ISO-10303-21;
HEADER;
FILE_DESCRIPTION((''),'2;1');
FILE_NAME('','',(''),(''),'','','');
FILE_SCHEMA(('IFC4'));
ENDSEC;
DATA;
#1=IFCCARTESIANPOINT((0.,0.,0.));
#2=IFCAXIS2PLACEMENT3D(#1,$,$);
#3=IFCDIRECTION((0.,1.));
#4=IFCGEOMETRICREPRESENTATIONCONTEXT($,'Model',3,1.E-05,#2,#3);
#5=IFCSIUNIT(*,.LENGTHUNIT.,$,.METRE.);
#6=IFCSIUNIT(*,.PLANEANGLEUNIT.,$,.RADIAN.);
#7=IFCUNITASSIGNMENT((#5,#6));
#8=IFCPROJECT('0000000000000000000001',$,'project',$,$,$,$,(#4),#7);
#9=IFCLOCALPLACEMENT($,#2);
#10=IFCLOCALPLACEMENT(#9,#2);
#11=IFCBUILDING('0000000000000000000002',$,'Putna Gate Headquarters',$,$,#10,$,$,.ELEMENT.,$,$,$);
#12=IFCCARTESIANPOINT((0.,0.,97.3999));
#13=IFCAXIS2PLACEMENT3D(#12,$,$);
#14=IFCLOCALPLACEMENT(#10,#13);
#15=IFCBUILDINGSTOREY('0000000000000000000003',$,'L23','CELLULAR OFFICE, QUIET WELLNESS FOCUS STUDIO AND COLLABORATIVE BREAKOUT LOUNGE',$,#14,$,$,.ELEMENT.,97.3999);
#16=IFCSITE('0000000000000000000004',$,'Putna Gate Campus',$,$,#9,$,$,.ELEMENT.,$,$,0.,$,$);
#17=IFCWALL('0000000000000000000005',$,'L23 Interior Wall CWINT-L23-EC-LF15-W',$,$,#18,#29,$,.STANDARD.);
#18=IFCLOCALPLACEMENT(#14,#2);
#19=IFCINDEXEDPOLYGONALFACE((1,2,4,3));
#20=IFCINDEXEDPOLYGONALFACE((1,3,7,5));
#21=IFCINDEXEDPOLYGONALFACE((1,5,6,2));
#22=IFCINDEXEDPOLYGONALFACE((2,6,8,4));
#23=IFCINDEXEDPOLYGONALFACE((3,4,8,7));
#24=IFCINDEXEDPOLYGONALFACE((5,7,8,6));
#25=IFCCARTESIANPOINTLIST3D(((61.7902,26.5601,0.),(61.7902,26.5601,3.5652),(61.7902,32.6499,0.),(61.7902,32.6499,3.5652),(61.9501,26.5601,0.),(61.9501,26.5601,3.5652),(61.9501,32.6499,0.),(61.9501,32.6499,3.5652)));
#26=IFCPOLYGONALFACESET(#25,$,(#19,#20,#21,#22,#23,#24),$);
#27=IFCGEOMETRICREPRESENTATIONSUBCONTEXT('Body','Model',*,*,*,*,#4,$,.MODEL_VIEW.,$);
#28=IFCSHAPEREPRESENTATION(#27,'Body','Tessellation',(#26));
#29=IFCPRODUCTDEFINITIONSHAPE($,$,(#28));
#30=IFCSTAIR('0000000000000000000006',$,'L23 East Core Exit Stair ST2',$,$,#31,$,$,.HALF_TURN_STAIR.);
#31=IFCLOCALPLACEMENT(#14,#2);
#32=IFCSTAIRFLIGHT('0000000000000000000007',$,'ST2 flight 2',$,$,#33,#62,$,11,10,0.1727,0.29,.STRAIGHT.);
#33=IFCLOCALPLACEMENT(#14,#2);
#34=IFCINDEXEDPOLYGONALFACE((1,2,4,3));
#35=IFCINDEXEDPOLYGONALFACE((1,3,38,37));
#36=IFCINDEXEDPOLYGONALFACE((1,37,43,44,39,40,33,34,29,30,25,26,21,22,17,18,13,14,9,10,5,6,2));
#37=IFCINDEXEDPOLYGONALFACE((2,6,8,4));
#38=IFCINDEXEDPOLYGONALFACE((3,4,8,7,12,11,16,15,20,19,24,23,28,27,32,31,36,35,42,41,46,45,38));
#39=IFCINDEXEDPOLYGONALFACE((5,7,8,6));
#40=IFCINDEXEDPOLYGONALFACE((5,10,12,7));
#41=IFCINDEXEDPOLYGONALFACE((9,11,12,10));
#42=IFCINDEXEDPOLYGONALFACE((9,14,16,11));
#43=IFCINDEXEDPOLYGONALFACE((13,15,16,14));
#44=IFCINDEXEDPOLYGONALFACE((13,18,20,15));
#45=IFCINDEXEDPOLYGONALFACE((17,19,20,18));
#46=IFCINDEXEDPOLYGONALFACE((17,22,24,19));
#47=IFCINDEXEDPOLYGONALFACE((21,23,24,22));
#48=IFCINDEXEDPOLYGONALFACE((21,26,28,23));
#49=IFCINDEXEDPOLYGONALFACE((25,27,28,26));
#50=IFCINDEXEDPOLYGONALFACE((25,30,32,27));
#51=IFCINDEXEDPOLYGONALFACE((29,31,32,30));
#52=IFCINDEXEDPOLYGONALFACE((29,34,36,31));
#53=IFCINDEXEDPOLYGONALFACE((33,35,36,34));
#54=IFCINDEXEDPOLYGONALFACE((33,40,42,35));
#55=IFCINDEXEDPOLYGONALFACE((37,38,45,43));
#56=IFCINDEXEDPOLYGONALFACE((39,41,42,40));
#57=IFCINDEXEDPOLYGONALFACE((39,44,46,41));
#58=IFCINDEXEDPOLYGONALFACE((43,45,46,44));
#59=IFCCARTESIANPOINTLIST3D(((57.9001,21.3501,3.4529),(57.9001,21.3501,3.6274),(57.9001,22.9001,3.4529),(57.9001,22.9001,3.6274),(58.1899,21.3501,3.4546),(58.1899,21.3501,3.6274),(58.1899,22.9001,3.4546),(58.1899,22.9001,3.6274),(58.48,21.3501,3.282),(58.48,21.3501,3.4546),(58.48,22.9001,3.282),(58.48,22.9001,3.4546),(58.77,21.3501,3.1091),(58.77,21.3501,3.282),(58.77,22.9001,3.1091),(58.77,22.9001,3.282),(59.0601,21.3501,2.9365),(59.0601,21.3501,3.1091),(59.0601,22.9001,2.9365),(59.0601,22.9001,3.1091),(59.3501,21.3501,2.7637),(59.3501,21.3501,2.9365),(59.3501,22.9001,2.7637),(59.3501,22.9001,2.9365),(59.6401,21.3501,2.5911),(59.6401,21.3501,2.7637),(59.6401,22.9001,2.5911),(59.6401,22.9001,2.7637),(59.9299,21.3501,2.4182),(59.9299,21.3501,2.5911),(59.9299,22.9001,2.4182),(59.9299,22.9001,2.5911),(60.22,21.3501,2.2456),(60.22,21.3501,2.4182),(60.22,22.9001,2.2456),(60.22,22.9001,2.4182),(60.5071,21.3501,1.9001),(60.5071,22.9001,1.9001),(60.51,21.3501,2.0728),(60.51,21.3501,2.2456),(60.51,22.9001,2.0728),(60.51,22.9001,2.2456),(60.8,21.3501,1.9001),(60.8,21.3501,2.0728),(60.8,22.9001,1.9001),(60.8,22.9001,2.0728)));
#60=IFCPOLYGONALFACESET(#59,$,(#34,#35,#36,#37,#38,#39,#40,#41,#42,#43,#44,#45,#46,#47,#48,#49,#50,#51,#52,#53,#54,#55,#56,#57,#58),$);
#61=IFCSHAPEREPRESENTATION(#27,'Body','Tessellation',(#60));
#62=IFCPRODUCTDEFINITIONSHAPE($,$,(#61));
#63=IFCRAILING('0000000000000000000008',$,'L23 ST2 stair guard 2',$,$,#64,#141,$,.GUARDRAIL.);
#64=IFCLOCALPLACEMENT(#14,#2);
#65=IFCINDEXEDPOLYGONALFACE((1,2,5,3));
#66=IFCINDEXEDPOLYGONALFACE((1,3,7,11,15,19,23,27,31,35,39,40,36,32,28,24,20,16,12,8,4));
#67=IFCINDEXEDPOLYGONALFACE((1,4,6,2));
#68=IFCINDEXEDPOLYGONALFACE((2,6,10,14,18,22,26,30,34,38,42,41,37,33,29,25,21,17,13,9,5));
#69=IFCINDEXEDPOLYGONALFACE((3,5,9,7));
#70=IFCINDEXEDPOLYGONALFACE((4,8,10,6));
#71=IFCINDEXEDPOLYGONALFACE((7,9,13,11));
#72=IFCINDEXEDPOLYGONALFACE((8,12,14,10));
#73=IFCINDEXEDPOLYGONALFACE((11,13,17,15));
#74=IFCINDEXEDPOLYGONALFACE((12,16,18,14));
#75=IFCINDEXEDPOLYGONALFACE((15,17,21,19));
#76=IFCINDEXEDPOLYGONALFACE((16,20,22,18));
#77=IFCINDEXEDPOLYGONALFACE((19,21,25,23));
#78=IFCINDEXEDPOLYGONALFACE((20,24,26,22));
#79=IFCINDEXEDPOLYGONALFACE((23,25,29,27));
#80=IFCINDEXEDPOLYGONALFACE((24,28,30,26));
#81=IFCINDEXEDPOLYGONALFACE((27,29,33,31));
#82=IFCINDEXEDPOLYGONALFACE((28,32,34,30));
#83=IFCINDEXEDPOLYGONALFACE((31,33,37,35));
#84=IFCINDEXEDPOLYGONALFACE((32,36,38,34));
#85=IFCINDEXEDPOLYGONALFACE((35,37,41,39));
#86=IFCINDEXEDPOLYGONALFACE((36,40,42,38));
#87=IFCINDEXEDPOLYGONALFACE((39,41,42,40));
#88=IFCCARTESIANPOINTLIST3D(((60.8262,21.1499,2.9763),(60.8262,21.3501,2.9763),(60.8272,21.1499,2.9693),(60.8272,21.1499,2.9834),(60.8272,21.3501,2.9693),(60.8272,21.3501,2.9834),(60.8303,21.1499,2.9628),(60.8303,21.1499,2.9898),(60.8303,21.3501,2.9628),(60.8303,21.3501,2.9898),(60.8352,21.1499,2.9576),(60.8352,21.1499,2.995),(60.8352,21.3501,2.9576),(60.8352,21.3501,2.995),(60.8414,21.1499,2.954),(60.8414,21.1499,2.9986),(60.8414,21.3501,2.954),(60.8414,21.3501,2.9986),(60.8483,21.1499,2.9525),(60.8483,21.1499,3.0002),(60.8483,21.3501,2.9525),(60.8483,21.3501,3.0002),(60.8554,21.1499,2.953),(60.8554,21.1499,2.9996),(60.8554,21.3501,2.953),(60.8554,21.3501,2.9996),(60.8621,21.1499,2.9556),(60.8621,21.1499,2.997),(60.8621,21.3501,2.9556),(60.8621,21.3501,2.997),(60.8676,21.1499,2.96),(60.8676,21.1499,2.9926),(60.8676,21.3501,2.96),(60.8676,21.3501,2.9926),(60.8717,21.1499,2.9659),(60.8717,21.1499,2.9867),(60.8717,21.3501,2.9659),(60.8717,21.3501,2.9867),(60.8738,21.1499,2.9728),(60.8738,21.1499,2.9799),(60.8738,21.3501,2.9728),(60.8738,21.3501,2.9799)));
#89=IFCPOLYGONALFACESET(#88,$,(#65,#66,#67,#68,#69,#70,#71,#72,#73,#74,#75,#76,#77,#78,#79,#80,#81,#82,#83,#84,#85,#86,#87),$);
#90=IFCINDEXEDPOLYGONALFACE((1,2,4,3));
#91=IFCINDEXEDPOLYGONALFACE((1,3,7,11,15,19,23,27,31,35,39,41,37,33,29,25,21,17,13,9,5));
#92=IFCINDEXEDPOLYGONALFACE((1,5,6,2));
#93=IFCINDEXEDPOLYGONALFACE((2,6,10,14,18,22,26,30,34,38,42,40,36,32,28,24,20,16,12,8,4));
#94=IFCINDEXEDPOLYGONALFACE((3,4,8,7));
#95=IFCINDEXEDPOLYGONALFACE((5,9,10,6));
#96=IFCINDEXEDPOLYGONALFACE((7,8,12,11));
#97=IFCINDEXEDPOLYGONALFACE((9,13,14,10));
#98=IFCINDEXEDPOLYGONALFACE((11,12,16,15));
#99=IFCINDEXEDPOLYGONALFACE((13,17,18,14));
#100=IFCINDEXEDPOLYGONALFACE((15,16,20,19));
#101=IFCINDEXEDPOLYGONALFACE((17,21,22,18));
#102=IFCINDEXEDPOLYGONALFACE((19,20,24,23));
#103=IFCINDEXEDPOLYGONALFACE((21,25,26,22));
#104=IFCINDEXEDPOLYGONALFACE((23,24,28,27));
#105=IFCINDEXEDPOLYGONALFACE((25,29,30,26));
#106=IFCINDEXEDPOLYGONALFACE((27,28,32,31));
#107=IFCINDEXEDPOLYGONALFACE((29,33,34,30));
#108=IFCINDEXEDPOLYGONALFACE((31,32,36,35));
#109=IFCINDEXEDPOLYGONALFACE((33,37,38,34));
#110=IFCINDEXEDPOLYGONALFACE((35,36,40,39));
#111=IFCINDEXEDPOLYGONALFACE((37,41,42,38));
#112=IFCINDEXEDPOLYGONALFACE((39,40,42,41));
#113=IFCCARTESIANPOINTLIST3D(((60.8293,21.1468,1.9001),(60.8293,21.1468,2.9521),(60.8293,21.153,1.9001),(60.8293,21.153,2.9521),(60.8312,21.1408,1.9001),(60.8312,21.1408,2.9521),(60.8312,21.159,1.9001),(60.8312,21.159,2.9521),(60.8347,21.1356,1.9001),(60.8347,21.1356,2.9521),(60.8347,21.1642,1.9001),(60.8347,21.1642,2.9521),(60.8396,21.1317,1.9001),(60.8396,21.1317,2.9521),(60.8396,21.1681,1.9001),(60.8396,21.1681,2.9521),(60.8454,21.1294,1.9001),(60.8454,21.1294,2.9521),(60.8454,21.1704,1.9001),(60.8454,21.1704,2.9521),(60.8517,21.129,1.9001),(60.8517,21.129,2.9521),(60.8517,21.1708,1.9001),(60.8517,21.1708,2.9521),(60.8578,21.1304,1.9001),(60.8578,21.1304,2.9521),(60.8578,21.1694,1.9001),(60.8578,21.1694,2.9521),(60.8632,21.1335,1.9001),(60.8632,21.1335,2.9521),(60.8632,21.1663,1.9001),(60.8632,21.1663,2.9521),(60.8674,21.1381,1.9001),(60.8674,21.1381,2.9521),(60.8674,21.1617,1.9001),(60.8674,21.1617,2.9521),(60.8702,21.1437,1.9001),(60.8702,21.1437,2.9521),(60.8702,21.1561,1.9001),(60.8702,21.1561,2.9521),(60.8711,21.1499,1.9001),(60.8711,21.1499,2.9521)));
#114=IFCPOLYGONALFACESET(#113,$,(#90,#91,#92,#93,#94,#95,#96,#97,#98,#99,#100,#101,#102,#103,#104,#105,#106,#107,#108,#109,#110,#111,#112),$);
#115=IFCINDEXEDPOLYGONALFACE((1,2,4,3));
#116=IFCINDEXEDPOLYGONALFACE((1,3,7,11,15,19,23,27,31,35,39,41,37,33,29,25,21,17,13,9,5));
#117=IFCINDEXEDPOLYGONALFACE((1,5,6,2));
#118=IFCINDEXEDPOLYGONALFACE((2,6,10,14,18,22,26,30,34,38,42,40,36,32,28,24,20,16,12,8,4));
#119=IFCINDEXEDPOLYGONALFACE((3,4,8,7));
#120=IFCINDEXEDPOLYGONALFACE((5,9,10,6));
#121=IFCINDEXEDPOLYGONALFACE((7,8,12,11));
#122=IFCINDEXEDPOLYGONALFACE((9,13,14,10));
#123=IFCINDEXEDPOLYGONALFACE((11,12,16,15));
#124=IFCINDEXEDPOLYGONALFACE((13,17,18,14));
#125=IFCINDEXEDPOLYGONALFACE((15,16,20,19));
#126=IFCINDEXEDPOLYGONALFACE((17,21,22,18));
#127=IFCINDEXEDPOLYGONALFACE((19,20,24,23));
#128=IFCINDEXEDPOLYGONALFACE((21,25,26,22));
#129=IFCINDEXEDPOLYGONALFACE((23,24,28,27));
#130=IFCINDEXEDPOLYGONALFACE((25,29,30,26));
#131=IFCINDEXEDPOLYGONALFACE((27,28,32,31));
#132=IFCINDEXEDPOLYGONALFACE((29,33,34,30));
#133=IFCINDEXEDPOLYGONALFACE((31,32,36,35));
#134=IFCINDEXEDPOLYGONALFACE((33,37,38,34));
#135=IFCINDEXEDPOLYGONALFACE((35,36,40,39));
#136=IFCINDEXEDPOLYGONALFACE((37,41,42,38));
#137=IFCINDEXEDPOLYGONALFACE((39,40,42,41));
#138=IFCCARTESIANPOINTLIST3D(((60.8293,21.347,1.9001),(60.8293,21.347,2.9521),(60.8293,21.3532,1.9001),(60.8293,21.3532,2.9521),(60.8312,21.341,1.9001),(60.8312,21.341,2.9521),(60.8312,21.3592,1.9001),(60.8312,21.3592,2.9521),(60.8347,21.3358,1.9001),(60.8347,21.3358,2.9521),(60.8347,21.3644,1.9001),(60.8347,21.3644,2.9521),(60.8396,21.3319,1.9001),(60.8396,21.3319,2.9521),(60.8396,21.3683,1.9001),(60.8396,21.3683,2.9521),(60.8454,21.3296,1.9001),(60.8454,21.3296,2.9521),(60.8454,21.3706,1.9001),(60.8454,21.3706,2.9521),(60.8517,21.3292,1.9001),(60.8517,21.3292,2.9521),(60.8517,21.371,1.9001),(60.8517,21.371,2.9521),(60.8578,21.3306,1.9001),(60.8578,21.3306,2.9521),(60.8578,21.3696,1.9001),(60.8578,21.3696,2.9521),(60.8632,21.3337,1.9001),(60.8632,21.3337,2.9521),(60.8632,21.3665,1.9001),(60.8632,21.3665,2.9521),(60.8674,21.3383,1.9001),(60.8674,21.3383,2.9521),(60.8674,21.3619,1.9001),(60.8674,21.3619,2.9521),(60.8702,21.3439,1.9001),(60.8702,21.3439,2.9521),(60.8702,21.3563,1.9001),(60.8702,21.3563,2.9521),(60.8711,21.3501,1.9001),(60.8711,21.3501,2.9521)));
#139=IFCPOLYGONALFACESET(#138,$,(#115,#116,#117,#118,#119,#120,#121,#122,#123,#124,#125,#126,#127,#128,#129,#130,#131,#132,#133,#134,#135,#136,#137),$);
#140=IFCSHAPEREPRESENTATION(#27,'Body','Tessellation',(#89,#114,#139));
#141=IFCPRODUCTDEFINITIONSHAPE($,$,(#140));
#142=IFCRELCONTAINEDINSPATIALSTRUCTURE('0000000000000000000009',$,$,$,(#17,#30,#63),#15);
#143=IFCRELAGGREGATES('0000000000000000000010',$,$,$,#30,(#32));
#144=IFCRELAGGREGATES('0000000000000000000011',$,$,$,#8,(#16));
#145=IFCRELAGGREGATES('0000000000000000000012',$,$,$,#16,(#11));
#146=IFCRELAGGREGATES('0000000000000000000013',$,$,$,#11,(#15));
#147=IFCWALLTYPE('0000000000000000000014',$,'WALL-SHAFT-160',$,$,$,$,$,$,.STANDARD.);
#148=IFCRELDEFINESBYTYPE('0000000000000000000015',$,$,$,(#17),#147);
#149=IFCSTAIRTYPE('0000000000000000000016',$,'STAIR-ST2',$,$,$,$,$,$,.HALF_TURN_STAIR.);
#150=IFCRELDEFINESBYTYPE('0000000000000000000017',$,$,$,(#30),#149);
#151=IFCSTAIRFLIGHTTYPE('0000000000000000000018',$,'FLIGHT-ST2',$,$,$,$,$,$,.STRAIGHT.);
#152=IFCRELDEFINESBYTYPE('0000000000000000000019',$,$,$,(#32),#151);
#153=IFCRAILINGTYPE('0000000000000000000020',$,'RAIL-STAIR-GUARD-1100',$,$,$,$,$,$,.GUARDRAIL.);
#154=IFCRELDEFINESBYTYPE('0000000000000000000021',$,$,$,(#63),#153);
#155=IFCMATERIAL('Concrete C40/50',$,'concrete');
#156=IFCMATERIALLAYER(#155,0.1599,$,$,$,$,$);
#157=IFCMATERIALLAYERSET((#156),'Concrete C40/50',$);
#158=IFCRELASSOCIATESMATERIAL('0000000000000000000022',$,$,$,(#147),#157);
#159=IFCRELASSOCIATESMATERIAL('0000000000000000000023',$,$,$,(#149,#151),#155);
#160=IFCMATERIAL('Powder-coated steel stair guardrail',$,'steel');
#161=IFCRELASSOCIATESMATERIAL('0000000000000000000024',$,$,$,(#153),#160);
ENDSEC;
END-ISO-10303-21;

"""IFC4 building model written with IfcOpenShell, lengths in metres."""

from ifc_helpers import new_model, si_unit, direction, frame, frame_2d, origin, origin_2d, place, context, subcontext, project, spatial, polyline, rectangle, circle, outline, extrude, material, layer, layer_set, type_object, element, aggregate, save


model = new_model("IFC4")

# Units and contexts
model_context = context("Model", 3, precision=1e-05, world=origin(), true_north=direction((0.0, 1.0)))
body_context = subcontext(model_context, "Body", "Model", "MODEL_VIEW")
ifc_project = project(units=[si_unit("LENGTHUNIT", "METRE"), si_unit("PLANEANGLEUNIT", "RADIAN")], contexts=[model_context])

# Site, building, storey
site_placement = place(None, origin())
site = spatial("IfcSite", under=ifc_project, at=site_placement, Name="Putna Gate Campus", CompositionType="ELEMENT", RefElevation=0.0)
building_placement = place(site_placement, origin())
building = spatial("IfcBuilding", under=site, at=building_placement, Name="Putna Gate Headquarters", CompositionType="ELEMENT")
storey_placement = place(building_placement, frame((0.0, 0.0, 97.3999)))
storey = spatial("IfcBuildingStorey", under=building, at=storey_placement, Name="L23", Description="CELLULAR OFFICE, QUIET WELLNESS FOCUS STUDIO AND COLLABORATIVE BREAKOUT LOUNGE", CompositionType="ELEMENT", Elevation=97.3999)

# Shared definitions
ifc_material_1 = material(Name="Concrete C40/50", Category="concrete")
ifc_layer_1 = layer(ifc_material_1, 0.1599)
ifc_layer_set_1 = layer_set([ifc_layer_1], Name="Concrete C40/50")
wall_type_1 = type_object("IfcWallType", Name="WALL-SHAFT-160", PredefinedType="STANDARD", material=ifc_layer_set_1)

# Wall
wall_1_placement = place(storey_placement, frame((61.8701, 26.5601, 0.0), z_axis=(0.0, 0.0, 1.0), x_axis=(0.0, 1.0, 0.0)))
element("IfcWall", 1, at=wall_1_placement, inside=storey, type_object=wall_type_1, Name="L23 Interior Wall CWINT-L23-EC-LF15-W", PredefinedType="STANDARD", context=body_context, shape_type="SweptSolid", body=[
    extrude(rectangle(XDim=6.0898, YDim=0.1599, at=frame_2d((3.0449, 0.0))), origin(), (0.0, 0.0, 1.0), 3.5652),
])

# Stair, stair flight
stair_type = type_object("IfcStairType", Name="STAIR-ST2", PredefinedType="HALF_TURN_STAIR", material=ifc_material_1)
stair_placement = place(storey_placement, origin())
stair = element("IfcStair", 2, at=stair_placement, inside=storey, type_object=stair_type, Name="L23 East Core Exit Stair ST2", PredefinedType="HALF_TURN_STAIR")
stair_flight_type = type_object("IfcStairFlightType", Name="FLIGHT-ST2", PredefinedType="STRAIGHT", material=ifc_material_1)
stair_flight_placement = place(storey_placement, frame((60.8, 22.125, 1.9001), z_axis=(0.0, 0.0, 1.0), x_axis=(-1.0, 0.0, 0.0)))
stair_flight = element("IfcStairFlight", 3, at=stair_flight_placement, type_object=stair_flight_type, Name="ST2 flight 2", NumberOfRisers=11, NumberOfTreads=10, PredefinedType="STRAIGHT", RiserHeight=0.1727, TreadLength=0.29, context=body_context, shape_type="SweptSolid", body=[
    extrude(outline(polyline([(0.0, 0.0), (0.0, 0.1726), (0.29, 0.1726), (0.29, 0.3455), (0.5801, 0.3455), (0.5801, 0.5181), (0.8701, 0.5181), (0.8701, 0.6909), (1.1599, 0.6909), (1.1599, 0.8635), (1.45, 0.8635), (1.45, 1.0364), (1.74, 1.0364), (1.74, 1.209), (2.03, 1.209), (2.03, 1.3818), (2.3201, 1.3818), (2.3201, 1.5544), (2.6101, 1.5544), (2.6101, 1.7273), (2.8999, 1.7273), (2.8999, 1.8999), (2.8999, 1.5527), (0.293, 0.0), (0.0, 0.0)])), frame((0.0, 0.7749, 0.0), z_axis=(0.0, -1.0, 0.0), x_axis=(1.0, 0.0, 0.0)), (0.0, 0.0, 1.0), 1.55),
])
aggregate(stair, [stair_flight])

# Railing
ifc_material_2 = material(Name="Powder-coated steel stair guardrail", Category="steel")
railing_type_1 = type_object("IfcRailingType", Name="RAIL-STAIR-GUARD-1100", PredefinedType="GUARDRAIL", material=ifc_material_2)
railing_1_placement = place(storey_placement, frame((60.8501, 21.1499, 1.9001)))
element("IfcRailing", 4, at=railing_1_placement, inside=storey, type_object=railing_type_1, Name="L23 ST2 stair guard 2", PredefinedType="GUARDRAIL", context=body_context, shape_type="SweptSolid", body=[
    extrude(circle(Radius=0.0239, at=origin_2d()), frame((0.0, 0.0, 1.0762), z_axis=(0.0, 1.0, 0.0), x_axis=(-1.0, 0.0, 0.0)), (0.0, 0.0, 1.0), 0.2002),
    extrude(circle(Radius=0.021, at=origin_2d()), origin(), (0.0, 0.0, 1.0), 1.052),
    extrude(circle(Radius=0.021, at=origin_2d()), frame((0.0, 0.2002, 0.0)), (0.0, 0.0, 1.0), 1.052),
])

save(model, "model.ifc")
